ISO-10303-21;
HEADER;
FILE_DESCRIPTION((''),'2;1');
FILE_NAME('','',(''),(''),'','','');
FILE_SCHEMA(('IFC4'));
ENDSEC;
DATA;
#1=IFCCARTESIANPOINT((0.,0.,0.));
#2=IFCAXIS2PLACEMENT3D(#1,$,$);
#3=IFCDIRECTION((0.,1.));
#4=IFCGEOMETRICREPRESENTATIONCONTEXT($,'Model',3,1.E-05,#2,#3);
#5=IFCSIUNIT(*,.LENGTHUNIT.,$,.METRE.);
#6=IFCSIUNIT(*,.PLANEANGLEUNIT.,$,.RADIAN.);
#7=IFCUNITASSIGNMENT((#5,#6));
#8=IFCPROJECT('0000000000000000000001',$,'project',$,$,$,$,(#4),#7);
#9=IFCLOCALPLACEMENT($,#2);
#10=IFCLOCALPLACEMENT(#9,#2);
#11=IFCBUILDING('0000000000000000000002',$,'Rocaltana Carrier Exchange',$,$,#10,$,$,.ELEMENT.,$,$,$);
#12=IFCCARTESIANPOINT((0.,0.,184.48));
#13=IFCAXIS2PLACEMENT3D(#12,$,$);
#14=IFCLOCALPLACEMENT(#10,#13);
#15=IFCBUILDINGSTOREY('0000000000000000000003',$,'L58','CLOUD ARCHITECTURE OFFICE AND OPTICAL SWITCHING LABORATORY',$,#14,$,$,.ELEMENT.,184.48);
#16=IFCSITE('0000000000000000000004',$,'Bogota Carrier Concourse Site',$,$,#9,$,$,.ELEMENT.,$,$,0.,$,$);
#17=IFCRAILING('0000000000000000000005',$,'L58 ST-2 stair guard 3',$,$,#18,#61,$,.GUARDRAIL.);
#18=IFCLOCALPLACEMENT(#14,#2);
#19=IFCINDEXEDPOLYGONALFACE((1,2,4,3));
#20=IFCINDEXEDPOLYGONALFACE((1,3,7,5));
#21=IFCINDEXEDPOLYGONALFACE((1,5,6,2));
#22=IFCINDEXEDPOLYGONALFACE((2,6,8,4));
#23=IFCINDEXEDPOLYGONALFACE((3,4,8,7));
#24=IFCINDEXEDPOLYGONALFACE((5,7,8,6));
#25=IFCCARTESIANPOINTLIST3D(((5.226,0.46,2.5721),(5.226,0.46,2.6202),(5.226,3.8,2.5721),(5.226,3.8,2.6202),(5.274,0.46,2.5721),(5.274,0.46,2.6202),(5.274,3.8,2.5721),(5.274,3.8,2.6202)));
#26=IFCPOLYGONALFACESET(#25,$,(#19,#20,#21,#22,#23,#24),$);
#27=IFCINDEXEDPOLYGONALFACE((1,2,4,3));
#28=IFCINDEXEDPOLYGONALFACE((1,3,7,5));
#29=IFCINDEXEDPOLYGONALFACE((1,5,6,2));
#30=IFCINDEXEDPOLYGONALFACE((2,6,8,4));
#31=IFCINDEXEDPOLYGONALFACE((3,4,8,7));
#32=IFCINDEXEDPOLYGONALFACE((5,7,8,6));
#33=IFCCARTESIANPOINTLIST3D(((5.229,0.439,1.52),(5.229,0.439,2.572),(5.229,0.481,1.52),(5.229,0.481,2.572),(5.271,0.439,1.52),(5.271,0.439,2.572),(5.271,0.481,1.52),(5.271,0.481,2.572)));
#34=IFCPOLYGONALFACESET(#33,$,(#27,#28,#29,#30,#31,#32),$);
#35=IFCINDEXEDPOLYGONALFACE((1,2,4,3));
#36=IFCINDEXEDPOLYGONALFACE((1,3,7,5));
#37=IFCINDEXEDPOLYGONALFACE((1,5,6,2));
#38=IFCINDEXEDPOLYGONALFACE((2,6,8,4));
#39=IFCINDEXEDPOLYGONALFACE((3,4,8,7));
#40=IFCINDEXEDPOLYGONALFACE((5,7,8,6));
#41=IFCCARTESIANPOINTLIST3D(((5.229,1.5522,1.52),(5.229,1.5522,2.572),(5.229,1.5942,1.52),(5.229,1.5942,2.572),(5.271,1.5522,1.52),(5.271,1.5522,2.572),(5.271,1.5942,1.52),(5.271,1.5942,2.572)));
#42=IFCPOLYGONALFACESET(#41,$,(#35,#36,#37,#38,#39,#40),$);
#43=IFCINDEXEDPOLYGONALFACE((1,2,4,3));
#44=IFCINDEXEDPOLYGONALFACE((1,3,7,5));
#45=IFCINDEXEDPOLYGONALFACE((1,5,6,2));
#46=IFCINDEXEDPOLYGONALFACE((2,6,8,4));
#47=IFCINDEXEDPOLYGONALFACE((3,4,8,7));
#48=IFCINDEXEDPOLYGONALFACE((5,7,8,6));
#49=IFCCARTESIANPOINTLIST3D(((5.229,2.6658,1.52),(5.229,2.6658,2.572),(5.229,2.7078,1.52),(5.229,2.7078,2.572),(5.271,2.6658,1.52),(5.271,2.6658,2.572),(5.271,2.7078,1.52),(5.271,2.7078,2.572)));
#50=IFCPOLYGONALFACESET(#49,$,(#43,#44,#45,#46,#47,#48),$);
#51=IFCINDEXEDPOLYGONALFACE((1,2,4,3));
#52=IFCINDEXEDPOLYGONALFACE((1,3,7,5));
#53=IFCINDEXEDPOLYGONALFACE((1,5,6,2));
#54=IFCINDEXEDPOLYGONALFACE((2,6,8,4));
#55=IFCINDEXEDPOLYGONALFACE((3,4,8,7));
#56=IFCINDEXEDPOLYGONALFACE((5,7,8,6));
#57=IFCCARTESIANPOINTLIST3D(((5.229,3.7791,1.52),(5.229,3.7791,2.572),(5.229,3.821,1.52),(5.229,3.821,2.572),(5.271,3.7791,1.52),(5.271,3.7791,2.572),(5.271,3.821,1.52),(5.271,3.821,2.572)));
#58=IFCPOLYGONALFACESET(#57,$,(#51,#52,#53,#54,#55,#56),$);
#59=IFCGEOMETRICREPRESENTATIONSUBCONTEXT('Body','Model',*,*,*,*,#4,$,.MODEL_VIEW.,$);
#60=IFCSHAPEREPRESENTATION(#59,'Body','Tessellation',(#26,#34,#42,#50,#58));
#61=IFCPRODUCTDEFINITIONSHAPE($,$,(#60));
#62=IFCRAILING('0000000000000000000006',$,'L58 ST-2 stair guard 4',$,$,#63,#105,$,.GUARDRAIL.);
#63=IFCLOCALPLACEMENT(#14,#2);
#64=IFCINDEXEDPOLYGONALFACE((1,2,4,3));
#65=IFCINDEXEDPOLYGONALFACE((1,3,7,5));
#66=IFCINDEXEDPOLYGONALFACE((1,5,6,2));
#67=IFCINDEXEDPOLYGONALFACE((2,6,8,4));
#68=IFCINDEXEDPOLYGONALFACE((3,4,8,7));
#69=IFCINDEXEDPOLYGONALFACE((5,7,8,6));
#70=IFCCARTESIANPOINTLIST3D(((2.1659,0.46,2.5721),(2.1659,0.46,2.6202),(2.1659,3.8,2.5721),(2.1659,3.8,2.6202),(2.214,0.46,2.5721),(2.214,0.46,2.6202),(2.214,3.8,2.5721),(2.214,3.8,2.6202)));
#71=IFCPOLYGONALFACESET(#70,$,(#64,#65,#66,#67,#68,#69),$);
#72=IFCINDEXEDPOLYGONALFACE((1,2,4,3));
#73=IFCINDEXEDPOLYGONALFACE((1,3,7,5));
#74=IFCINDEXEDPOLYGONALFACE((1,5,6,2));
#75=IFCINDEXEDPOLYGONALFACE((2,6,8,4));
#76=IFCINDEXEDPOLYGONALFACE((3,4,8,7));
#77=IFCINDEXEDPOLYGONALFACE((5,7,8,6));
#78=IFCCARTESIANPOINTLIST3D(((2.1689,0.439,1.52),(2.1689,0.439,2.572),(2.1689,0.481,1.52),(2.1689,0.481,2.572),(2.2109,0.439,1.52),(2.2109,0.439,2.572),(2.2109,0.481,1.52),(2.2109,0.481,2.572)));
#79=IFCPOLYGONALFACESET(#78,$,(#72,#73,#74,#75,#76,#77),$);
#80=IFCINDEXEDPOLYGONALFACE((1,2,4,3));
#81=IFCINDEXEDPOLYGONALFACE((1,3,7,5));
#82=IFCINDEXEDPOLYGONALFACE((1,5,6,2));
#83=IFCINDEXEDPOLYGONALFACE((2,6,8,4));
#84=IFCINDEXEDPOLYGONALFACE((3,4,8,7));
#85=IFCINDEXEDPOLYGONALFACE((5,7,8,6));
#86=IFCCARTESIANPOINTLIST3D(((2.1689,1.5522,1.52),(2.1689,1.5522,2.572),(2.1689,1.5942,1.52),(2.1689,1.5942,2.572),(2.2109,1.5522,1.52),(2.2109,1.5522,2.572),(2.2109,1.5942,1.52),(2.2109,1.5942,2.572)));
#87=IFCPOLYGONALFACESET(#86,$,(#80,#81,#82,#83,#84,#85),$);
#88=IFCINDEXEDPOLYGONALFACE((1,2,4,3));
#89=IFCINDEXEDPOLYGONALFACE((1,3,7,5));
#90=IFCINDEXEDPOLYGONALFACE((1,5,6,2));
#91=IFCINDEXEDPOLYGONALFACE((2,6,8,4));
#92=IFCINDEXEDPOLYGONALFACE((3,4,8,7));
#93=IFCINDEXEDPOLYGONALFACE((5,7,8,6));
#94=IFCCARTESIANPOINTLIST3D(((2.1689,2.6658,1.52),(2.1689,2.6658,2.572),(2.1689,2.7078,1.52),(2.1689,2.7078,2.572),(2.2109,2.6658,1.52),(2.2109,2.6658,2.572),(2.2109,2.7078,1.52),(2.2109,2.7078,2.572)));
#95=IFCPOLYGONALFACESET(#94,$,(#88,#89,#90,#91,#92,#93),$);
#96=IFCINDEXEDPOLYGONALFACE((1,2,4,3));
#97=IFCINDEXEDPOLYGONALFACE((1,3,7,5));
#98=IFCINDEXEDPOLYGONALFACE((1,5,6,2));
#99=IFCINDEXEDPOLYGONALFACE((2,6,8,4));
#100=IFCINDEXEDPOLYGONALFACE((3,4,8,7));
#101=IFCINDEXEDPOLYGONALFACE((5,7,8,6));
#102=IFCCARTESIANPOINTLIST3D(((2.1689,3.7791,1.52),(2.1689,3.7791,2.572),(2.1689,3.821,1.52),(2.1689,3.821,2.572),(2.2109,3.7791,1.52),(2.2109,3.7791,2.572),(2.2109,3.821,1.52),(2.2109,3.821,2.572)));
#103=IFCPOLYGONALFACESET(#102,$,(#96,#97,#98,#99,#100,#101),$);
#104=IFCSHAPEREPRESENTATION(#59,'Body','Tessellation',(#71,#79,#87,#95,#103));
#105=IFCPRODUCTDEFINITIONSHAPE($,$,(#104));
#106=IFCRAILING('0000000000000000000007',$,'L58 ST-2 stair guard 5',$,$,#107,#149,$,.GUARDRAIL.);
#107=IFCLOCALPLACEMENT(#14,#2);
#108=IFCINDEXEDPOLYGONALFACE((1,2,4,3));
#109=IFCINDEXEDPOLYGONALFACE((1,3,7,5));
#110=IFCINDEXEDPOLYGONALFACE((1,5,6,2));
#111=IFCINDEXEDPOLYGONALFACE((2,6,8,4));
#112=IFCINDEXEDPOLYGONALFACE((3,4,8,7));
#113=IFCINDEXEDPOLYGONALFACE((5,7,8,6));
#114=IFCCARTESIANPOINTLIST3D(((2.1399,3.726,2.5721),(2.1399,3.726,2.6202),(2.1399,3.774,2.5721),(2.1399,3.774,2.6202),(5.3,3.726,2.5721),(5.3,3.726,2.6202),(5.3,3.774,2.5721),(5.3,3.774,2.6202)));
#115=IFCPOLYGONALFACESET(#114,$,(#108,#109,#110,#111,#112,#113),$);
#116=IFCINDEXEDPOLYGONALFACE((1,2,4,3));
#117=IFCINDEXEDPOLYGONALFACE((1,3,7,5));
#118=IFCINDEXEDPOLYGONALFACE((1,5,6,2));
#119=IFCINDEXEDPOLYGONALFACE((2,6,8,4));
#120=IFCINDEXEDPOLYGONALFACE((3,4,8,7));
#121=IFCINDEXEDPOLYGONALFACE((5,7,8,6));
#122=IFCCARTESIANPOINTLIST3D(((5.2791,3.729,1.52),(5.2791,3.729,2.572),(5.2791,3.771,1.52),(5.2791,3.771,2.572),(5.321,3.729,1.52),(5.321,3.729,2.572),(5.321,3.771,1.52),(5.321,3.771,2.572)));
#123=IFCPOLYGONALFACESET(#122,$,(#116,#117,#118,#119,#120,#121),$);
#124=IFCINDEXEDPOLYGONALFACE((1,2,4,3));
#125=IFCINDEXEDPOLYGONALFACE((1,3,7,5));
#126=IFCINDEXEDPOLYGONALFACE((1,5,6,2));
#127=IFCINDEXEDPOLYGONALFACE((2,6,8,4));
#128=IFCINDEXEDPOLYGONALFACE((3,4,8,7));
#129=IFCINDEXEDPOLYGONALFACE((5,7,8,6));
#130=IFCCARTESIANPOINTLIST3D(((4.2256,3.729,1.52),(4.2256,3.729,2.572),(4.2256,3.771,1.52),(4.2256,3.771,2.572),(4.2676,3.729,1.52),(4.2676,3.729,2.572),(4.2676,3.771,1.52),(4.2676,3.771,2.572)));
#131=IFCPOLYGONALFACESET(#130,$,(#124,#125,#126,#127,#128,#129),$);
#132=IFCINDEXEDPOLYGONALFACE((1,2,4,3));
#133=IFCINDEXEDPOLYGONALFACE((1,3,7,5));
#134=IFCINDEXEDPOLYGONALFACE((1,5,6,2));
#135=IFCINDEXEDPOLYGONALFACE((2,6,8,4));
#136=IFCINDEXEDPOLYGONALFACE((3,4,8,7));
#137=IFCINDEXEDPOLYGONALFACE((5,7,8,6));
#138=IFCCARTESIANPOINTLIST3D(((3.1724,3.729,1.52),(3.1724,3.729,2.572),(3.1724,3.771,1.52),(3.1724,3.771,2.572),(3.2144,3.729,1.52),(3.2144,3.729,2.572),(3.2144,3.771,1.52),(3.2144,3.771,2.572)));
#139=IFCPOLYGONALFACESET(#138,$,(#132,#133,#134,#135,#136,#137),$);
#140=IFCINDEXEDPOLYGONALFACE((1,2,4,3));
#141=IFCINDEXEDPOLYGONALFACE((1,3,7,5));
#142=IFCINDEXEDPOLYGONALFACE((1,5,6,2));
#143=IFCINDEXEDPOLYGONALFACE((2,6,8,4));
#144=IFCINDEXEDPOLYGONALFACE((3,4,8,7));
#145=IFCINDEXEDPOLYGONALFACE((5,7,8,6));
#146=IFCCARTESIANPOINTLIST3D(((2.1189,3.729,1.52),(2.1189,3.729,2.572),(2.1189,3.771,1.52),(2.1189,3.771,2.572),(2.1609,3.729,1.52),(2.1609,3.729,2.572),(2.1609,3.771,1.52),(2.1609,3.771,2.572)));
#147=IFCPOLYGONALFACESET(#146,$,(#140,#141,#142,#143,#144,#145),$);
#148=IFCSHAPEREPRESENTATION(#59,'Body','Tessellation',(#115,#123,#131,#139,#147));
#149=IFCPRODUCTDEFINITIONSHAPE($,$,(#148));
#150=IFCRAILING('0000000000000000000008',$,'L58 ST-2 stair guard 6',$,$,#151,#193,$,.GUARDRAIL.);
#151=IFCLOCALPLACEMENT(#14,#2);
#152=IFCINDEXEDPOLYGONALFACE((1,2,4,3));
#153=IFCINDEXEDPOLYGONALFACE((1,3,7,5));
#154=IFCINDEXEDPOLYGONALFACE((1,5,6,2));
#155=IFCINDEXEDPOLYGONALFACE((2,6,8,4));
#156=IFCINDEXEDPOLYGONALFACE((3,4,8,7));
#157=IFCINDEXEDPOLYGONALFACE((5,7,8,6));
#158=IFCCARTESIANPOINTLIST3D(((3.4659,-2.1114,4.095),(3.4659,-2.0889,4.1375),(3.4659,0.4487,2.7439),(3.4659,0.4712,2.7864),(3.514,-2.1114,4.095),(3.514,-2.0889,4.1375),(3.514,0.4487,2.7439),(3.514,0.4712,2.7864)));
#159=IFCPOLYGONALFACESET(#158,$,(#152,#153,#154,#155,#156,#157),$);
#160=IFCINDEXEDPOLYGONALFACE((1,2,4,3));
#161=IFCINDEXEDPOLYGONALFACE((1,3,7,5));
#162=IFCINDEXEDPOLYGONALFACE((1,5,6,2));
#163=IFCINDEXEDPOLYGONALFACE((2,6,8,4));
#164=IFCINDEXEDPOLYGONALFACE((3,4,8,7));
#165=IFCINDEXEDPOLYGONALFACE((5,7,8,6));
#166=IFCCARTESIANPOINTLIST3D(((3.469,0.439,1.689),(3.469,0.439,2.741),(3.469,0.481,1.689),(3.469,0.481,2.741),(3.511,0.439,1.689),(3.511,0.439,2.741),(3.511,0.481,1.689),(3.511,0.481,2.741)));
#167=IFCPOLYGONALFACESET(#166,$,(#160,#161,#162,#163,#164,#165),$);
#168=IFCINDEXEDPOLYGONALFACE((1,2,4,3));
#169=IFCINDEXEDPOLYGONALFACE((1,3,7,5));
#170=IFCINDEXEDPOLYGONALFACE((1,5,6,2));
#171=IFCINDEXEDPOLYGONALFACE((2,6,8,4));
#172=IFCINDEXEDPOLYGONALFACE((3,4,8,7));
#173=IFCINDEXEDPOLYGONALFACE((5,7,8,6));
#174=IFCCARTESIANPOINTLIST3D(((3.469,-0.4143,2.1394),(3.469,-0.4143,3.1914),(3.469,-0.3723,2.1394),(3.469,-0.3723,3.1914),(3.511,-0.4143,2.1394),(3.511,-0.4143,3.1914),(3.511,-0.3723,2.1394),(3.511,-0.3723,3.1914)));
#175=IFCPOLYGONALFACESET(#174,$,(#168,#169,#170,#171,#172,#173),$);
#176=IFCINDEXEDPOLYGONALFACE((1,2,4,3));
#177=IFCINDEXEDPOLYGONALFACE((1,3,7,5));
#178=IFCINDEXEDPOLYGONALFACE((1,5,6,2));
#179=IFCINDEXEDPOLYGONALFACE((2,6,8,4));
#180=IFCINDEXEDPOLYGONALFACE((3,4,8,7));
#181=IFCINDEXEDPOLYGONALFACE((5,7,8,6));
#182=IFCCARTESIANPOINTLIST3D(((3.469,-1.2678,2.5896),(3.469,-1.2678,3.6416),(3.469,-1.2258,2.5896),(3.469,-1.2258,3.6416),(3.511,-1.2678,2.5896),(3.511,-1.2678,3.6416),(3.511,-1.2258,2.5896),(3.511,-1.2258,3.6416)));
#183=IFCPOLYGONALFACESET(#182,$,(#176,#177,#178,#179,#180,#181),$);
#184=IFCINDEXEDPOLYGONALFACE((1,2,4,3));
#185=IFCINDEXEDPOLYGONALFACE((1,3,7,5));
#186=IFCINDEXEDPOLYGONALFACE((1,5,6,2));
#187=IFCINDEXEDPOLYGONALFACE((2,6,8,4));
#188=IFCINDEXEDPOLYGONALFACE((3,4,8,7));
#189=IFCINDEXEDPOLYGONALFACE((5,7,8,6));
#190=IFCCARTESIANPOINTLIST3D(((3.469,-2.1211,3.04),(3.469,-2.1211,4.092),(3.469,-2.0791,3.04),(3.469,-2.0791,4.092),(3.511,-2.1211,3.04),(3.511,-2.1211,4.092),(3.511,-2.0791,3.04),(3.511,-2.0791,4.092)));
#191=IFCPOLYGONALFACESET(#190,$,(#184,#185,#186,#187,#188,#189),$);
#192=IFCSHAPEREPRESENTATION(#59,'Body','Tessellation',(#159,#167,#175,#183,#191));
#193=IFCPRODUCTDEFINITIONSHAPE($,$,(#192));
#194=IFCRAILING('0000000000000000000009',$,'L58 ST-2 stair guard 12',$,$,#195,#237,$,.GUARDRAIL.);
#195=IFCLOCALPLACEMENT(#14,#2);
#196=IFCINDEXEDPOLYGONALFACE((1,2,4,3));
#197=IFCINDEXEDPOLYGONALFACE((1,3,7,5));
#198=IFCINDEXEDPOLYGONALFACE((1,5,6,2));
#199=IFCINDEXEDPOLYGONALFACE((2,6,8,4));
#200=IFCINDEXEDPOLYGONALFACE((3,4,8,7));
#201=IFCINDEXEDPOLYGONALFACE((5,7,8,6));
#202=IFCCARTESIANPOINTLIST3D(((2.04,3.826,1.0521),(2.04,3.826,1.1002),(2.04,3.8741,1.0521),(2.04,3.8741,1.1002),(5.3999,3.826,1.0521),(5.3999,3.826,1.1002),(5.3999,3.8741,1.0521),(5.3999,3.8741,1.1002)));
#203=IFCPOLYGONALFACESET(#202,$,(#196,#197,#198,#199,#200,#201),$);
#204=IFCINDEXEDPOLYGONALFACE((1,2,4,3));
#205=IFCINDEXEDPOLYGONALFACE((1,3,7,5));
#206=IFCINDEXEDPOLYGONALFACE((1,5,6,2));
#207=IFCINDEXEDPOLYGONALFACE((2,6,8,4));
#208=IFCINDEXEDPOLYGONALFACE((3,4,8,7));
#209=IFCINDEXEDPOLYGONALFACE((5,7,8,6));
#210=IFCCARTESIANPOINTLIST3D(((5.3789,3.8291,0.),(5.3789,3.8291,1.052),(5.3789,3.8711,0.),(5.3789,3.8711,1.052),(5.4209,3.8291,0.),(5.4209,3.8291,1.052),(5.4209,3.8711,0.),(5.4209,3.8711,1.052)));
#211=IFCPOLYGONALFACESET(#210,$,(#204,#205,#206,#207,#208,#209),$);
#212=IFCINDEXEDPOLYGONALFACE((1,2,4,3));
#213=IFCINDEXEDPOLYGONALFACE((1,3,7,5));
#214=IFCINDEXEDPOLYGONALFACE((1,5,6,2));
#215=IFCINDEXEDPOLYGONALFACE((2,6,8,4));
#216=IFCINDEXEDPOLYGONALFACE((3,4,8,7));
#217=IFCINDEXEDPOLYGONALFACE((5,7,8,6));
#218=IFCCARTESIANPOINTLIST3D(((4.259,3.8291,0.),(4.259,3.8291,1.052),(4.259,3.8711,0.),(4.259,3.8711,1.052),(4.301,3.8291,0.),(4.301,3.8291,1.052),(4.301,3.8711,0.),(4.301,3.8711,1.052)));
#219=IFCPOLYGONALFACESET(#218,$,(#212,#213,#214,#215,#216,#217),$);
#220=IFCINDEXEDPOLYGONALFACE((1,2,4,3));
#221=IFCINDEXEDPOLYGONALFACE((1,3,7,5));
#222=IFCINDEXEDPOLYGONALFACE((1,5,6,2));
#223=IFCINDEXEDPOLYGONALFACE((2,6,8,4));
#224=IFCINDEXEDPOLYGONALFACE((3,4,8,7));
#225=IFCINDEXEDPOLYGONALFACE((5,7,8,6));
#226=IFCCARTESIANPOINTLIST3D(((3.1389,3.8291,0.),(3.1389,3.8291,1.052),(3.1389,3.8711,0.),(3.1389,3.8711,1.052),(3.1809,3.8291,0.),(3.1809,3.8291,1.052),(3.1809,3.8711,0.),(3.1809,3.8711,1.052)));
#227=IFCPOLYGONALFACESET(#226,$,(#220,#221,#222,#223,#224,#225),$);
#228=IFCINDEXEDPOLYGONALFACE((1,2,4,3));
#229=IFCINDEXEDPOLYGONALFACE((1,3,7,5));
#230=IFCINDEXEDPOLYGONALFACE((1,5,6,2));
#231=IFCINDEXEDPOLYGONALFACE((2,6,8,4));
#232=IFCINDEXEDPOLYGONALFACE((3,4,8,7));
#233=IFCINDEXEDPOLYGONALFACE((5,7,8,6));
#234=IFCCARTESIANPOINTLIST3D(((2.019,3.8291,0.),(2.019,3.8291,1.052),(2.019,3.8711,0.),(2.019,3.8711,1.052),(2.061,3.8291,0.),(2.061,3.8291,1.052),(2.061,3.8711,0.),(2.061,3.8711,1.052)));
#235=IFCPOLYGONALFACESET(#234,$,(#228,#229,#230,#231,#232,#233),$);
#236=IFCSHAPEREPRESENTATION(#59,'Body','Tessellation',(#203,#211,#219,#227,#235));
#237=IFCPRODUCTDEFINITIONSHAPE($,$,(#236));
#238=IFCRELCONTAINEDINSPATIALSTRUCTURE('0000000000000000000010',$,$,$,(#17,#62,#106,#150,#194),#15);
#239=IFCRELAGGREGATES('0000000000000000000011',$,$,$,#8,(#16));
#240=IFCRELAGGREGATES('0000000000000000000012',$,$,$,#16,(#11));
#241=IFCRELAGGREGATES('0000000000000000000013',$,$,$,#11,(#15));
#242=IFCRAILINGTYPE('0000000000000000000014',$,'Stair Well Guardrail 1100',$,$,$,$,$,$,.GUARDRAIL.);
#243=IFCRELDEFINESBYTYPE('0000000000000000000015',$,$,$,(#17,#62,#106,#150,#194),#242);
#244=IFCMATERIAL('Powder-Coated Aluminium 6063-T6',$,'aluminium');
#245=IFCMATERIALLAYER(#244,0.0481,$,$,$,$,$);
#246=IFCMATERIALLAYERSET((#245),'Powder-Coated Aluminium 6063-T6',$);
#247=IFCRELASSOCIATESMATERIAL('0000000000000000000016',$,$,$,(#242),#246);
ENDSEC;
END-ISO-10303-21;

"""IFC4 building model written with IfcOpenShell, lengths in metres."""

from ifc_helpers import new_model, si_unit, direction, frame, origin, origin_2d, place, context, subcontext, project, spatial, rectangle, extrude, material, layer, layer_set, type_object, element, save


model = new_model("IFC4")

# Units and contexts
model_context = context("Model", 3, precision=1e-05, world=origin(), true_north=direction((0.0, 1.0)))
body_context = subcontext(model_context, "Body", "Model", "MODEL_VIEW")
ifc_project = project(units=[si_unit("LENGTHUNIT", "METRE"), si_unit("PLANEANGLEUNIT", "RADIAN")], contexts=[model_context])

# Site, building, storey
site_placement = place(None, origin())
site = spatial("IfcSite", under=ifc_project, at=site_placement, Name="Bogota Carrier Concourse Site", CompositionType="ELEMENT", RefElevation=0.0)
building_placement = place(site_placement, origin())
building = spatial("IfcBuilding", under=site, at=building_placement, Name="Rocaltana Carrier Exchange", CompositionType="ELEMENT")
storey_placement = place(building_placement, frame((0.0, 0.0, 184.48)))
storey = spatial("IfcBuildingStorey", under=building, at=storey_placement, Name="L58", Description="CLOUD ARCHITECTURE OFFICE AND OPTICAL SWITCHING LABORATORY", CompositionType="ELEMENT", Elevation=184.48)

# Railings
ifc_material_1 = material(Name="Powder-Coated Aluminium 6063-T6", Category="aluminium")
ifc_layer_1 = layer(ifc_material_1, 0.0481)
ifc_layer_set_1 = layer_set([ifc_layer_1], Name="Powder-Coated Aluminium 6063-T6")
railing_type_1 = type_object("IfcRailingType", Name="Stair Well Guardrail 1100", PredefinedType="GUARDRAIL", material=ifc_layer_set_1)
for number, where, name in (
    (1, (5.25, 0.46, 1.52), "L58 ST-2 stair guard 3"),
    (2, (2.1899, 0.46, 1.52), "L58 ST-2 stair guard 4"),
):
    element("IfcRailing", number, at=place(storey_placement, frame(where)), inside=storey, type_object=railing_type_1, Name=name, PredefinedType="GUARDRAIL", context=body_context, shape_type="SweptSolid", body=[
        extrude(rectangle(XDim=0.0481, YDim=0.0481, at=origin_2d()), frame((0.0, 0.0, 1.0762), z_axis=(0.0, 1.0, 0.0), x_axis=(-1.0, 0.0, 0.0)), (0.0, 0.0, 1.0), 3.3401),
        extrude(rectangle(XDim=0.042, YDim=0.042, at=origin_2d()), origin(), (0.0, 0.0, 1.0), 1.052),
        extrude(rectangle(XDim=0.042, YDim=0.042, at=origin_2d()), frame((0.0, 1.1133, 0.0)), (0.0, 0.0, 1.0), 1.052),
        extrude(rectangle(XDim=0.042, YDim=0.042, at=origin_2d()), frame((0.0, 2.2268, 0.0)), (0.0, 0.0, 1.0), 1.052),
        extrude(rectangle(XDim=0.042, YDim=0.042, at=origin_2d()), frame((0.0, 3.3401, 0.0)), (0.0, 0.0, 1.0), 1.052),
    ])
railing_1_placement = place(storey_placement, frame((5.3, 3.75, 1.52)))
element("IfcRailing", 3, at=railing_1_placement, inside=storey, type_object=railing_type_1, Name="L58 ST-2 stair guard 5", PredefinedType="GUARDRAIL", context=body_context, shape_type="SweptSolid", body=[
    extrude(rectangle(XDim=0.0481, YDim=0.0481, at=origin_2d()), frame((0.0, 0.0, 1.0762), z_axis=(-1.0, 0.0, 0.0), x_axis=(0.0, -1.0, 0.0)), (0.0, 0.0, 1.0), 3.1602),
    extrude(rectangle(XDim=0.042, YDim=0.042, at=origin_2d()), origin(), (0.0, 0.0, 1.0), 1.052),
    extrude(rectangle(XDim=0.042, YDim=0.042, at=origin_2d()), frame((-1.0535, 0.0, 0.0)), (0.0, 0.0, 1.0), 1.052),
    extrude(rectangle(XDim=0.042, YDim=0.042, at=origin_2d()), frame((-2.1067, 0.0, 0.0)), (0.0, 0.0, 1.0), 1.052),
    extrude(rectangle(XDim=0.042, YDim=0.042, at=origin_2d()), frame((-3.1602, 0.0, 0.0)), (0.0, 0.0, 1.0), 1.052),
])
railing_2_placement = place(storey_placement, frame((3.49, 0.46, 1.689)))
element("IfcRailing", 4, at=railing_2_placement, inside=storey, type_object=railing_type_1, Name="L58 ST-2 stair guard 6", PredefinedType="GUARDRAIL", context=body_context, shape_type="SweptSolid", body=[
    extrude(rectangle(XDim=0.0481, YDim=0.0481, at=origin_2d()), frame((0.0, 0.0, 1.0762), z_axis=(0.0, -0.884394, 0.46674), x_axis=(1.0, 0.0, 0.0)), (0.0, 0.0, 1.0), 2.8948),
    extrude(rectangle(XDim=0.042, YDim=0.042, at=origin_2d()), origin(), (0.0, 0.0, 1.0), 1.052),
    extrude(rectangle(XDim=0.042, YDim=0.042, at=origin_2d()), frame((0.0, -0.8533, 0.4504)), (0.0, 0.0, 1.0), 1.052),
    extrude(rectangle(XDim=0.042, YDim=0.042, at=origin_2d()), frame((0.0, -1.7068, 0.9006)), (0.0, 0.0, 1.0), 1.052),
    extrude(rectangle(XDim=0.042, YDim=0.042, at=origin_2d()), frame((0.0, -2.5601, 1.3511)), (0.0, 0.0, 1.0), 1.052),
])
railing_3_placement = place(storey_placement, frame((5.3999, 3.8501, 0.0)))
element("IfcRailing", 5, at=railing_3_placement, inside=storey, type_object=railing_type_1, Name="L58 ST-2 stair guard 12", PredefinedType="GUARDRAIL", context=body_context, shape_type="SweptSolid", body=[
    extrude(rectangle(XDim=0.0481, YDim=0.0481, at=origin_2d()), frame((0.0, 0.0, 1.0762), z_axis=(-1.0, 0.0, 0.0), x_axis=(0.0, -1.0, 0.0)), (0.0, 0.0, 1.0), 3.3599),
    extrude(rectangle(XDim=0.042, YDim=0.042, at=origin_2d()), origin(), (0.0, 0.0, 1.0), 1.052),
    extrude(rectangle(XDim=0.042, YDim=0.042, at=origin_2d()), frame((-1.1199, 0.0, 0.0)), (0.0, 0.0, 1.0), 1.052),
    extrude(rectangle(XDim=0.042, YDim=0.042, at=origin_2d()), frame((-2.24, 0.0, 0.0)), (0.0, 0.0, 1.0), 1.052),
    extrude(rectangle(XDim=0.042, YDim=0.042, at=origin_2d()), frame((-3.3599, 0.0, 0.0)), (0.0, 0.0, 1.0), 1.052),
])

save(model, "model.ifc")
